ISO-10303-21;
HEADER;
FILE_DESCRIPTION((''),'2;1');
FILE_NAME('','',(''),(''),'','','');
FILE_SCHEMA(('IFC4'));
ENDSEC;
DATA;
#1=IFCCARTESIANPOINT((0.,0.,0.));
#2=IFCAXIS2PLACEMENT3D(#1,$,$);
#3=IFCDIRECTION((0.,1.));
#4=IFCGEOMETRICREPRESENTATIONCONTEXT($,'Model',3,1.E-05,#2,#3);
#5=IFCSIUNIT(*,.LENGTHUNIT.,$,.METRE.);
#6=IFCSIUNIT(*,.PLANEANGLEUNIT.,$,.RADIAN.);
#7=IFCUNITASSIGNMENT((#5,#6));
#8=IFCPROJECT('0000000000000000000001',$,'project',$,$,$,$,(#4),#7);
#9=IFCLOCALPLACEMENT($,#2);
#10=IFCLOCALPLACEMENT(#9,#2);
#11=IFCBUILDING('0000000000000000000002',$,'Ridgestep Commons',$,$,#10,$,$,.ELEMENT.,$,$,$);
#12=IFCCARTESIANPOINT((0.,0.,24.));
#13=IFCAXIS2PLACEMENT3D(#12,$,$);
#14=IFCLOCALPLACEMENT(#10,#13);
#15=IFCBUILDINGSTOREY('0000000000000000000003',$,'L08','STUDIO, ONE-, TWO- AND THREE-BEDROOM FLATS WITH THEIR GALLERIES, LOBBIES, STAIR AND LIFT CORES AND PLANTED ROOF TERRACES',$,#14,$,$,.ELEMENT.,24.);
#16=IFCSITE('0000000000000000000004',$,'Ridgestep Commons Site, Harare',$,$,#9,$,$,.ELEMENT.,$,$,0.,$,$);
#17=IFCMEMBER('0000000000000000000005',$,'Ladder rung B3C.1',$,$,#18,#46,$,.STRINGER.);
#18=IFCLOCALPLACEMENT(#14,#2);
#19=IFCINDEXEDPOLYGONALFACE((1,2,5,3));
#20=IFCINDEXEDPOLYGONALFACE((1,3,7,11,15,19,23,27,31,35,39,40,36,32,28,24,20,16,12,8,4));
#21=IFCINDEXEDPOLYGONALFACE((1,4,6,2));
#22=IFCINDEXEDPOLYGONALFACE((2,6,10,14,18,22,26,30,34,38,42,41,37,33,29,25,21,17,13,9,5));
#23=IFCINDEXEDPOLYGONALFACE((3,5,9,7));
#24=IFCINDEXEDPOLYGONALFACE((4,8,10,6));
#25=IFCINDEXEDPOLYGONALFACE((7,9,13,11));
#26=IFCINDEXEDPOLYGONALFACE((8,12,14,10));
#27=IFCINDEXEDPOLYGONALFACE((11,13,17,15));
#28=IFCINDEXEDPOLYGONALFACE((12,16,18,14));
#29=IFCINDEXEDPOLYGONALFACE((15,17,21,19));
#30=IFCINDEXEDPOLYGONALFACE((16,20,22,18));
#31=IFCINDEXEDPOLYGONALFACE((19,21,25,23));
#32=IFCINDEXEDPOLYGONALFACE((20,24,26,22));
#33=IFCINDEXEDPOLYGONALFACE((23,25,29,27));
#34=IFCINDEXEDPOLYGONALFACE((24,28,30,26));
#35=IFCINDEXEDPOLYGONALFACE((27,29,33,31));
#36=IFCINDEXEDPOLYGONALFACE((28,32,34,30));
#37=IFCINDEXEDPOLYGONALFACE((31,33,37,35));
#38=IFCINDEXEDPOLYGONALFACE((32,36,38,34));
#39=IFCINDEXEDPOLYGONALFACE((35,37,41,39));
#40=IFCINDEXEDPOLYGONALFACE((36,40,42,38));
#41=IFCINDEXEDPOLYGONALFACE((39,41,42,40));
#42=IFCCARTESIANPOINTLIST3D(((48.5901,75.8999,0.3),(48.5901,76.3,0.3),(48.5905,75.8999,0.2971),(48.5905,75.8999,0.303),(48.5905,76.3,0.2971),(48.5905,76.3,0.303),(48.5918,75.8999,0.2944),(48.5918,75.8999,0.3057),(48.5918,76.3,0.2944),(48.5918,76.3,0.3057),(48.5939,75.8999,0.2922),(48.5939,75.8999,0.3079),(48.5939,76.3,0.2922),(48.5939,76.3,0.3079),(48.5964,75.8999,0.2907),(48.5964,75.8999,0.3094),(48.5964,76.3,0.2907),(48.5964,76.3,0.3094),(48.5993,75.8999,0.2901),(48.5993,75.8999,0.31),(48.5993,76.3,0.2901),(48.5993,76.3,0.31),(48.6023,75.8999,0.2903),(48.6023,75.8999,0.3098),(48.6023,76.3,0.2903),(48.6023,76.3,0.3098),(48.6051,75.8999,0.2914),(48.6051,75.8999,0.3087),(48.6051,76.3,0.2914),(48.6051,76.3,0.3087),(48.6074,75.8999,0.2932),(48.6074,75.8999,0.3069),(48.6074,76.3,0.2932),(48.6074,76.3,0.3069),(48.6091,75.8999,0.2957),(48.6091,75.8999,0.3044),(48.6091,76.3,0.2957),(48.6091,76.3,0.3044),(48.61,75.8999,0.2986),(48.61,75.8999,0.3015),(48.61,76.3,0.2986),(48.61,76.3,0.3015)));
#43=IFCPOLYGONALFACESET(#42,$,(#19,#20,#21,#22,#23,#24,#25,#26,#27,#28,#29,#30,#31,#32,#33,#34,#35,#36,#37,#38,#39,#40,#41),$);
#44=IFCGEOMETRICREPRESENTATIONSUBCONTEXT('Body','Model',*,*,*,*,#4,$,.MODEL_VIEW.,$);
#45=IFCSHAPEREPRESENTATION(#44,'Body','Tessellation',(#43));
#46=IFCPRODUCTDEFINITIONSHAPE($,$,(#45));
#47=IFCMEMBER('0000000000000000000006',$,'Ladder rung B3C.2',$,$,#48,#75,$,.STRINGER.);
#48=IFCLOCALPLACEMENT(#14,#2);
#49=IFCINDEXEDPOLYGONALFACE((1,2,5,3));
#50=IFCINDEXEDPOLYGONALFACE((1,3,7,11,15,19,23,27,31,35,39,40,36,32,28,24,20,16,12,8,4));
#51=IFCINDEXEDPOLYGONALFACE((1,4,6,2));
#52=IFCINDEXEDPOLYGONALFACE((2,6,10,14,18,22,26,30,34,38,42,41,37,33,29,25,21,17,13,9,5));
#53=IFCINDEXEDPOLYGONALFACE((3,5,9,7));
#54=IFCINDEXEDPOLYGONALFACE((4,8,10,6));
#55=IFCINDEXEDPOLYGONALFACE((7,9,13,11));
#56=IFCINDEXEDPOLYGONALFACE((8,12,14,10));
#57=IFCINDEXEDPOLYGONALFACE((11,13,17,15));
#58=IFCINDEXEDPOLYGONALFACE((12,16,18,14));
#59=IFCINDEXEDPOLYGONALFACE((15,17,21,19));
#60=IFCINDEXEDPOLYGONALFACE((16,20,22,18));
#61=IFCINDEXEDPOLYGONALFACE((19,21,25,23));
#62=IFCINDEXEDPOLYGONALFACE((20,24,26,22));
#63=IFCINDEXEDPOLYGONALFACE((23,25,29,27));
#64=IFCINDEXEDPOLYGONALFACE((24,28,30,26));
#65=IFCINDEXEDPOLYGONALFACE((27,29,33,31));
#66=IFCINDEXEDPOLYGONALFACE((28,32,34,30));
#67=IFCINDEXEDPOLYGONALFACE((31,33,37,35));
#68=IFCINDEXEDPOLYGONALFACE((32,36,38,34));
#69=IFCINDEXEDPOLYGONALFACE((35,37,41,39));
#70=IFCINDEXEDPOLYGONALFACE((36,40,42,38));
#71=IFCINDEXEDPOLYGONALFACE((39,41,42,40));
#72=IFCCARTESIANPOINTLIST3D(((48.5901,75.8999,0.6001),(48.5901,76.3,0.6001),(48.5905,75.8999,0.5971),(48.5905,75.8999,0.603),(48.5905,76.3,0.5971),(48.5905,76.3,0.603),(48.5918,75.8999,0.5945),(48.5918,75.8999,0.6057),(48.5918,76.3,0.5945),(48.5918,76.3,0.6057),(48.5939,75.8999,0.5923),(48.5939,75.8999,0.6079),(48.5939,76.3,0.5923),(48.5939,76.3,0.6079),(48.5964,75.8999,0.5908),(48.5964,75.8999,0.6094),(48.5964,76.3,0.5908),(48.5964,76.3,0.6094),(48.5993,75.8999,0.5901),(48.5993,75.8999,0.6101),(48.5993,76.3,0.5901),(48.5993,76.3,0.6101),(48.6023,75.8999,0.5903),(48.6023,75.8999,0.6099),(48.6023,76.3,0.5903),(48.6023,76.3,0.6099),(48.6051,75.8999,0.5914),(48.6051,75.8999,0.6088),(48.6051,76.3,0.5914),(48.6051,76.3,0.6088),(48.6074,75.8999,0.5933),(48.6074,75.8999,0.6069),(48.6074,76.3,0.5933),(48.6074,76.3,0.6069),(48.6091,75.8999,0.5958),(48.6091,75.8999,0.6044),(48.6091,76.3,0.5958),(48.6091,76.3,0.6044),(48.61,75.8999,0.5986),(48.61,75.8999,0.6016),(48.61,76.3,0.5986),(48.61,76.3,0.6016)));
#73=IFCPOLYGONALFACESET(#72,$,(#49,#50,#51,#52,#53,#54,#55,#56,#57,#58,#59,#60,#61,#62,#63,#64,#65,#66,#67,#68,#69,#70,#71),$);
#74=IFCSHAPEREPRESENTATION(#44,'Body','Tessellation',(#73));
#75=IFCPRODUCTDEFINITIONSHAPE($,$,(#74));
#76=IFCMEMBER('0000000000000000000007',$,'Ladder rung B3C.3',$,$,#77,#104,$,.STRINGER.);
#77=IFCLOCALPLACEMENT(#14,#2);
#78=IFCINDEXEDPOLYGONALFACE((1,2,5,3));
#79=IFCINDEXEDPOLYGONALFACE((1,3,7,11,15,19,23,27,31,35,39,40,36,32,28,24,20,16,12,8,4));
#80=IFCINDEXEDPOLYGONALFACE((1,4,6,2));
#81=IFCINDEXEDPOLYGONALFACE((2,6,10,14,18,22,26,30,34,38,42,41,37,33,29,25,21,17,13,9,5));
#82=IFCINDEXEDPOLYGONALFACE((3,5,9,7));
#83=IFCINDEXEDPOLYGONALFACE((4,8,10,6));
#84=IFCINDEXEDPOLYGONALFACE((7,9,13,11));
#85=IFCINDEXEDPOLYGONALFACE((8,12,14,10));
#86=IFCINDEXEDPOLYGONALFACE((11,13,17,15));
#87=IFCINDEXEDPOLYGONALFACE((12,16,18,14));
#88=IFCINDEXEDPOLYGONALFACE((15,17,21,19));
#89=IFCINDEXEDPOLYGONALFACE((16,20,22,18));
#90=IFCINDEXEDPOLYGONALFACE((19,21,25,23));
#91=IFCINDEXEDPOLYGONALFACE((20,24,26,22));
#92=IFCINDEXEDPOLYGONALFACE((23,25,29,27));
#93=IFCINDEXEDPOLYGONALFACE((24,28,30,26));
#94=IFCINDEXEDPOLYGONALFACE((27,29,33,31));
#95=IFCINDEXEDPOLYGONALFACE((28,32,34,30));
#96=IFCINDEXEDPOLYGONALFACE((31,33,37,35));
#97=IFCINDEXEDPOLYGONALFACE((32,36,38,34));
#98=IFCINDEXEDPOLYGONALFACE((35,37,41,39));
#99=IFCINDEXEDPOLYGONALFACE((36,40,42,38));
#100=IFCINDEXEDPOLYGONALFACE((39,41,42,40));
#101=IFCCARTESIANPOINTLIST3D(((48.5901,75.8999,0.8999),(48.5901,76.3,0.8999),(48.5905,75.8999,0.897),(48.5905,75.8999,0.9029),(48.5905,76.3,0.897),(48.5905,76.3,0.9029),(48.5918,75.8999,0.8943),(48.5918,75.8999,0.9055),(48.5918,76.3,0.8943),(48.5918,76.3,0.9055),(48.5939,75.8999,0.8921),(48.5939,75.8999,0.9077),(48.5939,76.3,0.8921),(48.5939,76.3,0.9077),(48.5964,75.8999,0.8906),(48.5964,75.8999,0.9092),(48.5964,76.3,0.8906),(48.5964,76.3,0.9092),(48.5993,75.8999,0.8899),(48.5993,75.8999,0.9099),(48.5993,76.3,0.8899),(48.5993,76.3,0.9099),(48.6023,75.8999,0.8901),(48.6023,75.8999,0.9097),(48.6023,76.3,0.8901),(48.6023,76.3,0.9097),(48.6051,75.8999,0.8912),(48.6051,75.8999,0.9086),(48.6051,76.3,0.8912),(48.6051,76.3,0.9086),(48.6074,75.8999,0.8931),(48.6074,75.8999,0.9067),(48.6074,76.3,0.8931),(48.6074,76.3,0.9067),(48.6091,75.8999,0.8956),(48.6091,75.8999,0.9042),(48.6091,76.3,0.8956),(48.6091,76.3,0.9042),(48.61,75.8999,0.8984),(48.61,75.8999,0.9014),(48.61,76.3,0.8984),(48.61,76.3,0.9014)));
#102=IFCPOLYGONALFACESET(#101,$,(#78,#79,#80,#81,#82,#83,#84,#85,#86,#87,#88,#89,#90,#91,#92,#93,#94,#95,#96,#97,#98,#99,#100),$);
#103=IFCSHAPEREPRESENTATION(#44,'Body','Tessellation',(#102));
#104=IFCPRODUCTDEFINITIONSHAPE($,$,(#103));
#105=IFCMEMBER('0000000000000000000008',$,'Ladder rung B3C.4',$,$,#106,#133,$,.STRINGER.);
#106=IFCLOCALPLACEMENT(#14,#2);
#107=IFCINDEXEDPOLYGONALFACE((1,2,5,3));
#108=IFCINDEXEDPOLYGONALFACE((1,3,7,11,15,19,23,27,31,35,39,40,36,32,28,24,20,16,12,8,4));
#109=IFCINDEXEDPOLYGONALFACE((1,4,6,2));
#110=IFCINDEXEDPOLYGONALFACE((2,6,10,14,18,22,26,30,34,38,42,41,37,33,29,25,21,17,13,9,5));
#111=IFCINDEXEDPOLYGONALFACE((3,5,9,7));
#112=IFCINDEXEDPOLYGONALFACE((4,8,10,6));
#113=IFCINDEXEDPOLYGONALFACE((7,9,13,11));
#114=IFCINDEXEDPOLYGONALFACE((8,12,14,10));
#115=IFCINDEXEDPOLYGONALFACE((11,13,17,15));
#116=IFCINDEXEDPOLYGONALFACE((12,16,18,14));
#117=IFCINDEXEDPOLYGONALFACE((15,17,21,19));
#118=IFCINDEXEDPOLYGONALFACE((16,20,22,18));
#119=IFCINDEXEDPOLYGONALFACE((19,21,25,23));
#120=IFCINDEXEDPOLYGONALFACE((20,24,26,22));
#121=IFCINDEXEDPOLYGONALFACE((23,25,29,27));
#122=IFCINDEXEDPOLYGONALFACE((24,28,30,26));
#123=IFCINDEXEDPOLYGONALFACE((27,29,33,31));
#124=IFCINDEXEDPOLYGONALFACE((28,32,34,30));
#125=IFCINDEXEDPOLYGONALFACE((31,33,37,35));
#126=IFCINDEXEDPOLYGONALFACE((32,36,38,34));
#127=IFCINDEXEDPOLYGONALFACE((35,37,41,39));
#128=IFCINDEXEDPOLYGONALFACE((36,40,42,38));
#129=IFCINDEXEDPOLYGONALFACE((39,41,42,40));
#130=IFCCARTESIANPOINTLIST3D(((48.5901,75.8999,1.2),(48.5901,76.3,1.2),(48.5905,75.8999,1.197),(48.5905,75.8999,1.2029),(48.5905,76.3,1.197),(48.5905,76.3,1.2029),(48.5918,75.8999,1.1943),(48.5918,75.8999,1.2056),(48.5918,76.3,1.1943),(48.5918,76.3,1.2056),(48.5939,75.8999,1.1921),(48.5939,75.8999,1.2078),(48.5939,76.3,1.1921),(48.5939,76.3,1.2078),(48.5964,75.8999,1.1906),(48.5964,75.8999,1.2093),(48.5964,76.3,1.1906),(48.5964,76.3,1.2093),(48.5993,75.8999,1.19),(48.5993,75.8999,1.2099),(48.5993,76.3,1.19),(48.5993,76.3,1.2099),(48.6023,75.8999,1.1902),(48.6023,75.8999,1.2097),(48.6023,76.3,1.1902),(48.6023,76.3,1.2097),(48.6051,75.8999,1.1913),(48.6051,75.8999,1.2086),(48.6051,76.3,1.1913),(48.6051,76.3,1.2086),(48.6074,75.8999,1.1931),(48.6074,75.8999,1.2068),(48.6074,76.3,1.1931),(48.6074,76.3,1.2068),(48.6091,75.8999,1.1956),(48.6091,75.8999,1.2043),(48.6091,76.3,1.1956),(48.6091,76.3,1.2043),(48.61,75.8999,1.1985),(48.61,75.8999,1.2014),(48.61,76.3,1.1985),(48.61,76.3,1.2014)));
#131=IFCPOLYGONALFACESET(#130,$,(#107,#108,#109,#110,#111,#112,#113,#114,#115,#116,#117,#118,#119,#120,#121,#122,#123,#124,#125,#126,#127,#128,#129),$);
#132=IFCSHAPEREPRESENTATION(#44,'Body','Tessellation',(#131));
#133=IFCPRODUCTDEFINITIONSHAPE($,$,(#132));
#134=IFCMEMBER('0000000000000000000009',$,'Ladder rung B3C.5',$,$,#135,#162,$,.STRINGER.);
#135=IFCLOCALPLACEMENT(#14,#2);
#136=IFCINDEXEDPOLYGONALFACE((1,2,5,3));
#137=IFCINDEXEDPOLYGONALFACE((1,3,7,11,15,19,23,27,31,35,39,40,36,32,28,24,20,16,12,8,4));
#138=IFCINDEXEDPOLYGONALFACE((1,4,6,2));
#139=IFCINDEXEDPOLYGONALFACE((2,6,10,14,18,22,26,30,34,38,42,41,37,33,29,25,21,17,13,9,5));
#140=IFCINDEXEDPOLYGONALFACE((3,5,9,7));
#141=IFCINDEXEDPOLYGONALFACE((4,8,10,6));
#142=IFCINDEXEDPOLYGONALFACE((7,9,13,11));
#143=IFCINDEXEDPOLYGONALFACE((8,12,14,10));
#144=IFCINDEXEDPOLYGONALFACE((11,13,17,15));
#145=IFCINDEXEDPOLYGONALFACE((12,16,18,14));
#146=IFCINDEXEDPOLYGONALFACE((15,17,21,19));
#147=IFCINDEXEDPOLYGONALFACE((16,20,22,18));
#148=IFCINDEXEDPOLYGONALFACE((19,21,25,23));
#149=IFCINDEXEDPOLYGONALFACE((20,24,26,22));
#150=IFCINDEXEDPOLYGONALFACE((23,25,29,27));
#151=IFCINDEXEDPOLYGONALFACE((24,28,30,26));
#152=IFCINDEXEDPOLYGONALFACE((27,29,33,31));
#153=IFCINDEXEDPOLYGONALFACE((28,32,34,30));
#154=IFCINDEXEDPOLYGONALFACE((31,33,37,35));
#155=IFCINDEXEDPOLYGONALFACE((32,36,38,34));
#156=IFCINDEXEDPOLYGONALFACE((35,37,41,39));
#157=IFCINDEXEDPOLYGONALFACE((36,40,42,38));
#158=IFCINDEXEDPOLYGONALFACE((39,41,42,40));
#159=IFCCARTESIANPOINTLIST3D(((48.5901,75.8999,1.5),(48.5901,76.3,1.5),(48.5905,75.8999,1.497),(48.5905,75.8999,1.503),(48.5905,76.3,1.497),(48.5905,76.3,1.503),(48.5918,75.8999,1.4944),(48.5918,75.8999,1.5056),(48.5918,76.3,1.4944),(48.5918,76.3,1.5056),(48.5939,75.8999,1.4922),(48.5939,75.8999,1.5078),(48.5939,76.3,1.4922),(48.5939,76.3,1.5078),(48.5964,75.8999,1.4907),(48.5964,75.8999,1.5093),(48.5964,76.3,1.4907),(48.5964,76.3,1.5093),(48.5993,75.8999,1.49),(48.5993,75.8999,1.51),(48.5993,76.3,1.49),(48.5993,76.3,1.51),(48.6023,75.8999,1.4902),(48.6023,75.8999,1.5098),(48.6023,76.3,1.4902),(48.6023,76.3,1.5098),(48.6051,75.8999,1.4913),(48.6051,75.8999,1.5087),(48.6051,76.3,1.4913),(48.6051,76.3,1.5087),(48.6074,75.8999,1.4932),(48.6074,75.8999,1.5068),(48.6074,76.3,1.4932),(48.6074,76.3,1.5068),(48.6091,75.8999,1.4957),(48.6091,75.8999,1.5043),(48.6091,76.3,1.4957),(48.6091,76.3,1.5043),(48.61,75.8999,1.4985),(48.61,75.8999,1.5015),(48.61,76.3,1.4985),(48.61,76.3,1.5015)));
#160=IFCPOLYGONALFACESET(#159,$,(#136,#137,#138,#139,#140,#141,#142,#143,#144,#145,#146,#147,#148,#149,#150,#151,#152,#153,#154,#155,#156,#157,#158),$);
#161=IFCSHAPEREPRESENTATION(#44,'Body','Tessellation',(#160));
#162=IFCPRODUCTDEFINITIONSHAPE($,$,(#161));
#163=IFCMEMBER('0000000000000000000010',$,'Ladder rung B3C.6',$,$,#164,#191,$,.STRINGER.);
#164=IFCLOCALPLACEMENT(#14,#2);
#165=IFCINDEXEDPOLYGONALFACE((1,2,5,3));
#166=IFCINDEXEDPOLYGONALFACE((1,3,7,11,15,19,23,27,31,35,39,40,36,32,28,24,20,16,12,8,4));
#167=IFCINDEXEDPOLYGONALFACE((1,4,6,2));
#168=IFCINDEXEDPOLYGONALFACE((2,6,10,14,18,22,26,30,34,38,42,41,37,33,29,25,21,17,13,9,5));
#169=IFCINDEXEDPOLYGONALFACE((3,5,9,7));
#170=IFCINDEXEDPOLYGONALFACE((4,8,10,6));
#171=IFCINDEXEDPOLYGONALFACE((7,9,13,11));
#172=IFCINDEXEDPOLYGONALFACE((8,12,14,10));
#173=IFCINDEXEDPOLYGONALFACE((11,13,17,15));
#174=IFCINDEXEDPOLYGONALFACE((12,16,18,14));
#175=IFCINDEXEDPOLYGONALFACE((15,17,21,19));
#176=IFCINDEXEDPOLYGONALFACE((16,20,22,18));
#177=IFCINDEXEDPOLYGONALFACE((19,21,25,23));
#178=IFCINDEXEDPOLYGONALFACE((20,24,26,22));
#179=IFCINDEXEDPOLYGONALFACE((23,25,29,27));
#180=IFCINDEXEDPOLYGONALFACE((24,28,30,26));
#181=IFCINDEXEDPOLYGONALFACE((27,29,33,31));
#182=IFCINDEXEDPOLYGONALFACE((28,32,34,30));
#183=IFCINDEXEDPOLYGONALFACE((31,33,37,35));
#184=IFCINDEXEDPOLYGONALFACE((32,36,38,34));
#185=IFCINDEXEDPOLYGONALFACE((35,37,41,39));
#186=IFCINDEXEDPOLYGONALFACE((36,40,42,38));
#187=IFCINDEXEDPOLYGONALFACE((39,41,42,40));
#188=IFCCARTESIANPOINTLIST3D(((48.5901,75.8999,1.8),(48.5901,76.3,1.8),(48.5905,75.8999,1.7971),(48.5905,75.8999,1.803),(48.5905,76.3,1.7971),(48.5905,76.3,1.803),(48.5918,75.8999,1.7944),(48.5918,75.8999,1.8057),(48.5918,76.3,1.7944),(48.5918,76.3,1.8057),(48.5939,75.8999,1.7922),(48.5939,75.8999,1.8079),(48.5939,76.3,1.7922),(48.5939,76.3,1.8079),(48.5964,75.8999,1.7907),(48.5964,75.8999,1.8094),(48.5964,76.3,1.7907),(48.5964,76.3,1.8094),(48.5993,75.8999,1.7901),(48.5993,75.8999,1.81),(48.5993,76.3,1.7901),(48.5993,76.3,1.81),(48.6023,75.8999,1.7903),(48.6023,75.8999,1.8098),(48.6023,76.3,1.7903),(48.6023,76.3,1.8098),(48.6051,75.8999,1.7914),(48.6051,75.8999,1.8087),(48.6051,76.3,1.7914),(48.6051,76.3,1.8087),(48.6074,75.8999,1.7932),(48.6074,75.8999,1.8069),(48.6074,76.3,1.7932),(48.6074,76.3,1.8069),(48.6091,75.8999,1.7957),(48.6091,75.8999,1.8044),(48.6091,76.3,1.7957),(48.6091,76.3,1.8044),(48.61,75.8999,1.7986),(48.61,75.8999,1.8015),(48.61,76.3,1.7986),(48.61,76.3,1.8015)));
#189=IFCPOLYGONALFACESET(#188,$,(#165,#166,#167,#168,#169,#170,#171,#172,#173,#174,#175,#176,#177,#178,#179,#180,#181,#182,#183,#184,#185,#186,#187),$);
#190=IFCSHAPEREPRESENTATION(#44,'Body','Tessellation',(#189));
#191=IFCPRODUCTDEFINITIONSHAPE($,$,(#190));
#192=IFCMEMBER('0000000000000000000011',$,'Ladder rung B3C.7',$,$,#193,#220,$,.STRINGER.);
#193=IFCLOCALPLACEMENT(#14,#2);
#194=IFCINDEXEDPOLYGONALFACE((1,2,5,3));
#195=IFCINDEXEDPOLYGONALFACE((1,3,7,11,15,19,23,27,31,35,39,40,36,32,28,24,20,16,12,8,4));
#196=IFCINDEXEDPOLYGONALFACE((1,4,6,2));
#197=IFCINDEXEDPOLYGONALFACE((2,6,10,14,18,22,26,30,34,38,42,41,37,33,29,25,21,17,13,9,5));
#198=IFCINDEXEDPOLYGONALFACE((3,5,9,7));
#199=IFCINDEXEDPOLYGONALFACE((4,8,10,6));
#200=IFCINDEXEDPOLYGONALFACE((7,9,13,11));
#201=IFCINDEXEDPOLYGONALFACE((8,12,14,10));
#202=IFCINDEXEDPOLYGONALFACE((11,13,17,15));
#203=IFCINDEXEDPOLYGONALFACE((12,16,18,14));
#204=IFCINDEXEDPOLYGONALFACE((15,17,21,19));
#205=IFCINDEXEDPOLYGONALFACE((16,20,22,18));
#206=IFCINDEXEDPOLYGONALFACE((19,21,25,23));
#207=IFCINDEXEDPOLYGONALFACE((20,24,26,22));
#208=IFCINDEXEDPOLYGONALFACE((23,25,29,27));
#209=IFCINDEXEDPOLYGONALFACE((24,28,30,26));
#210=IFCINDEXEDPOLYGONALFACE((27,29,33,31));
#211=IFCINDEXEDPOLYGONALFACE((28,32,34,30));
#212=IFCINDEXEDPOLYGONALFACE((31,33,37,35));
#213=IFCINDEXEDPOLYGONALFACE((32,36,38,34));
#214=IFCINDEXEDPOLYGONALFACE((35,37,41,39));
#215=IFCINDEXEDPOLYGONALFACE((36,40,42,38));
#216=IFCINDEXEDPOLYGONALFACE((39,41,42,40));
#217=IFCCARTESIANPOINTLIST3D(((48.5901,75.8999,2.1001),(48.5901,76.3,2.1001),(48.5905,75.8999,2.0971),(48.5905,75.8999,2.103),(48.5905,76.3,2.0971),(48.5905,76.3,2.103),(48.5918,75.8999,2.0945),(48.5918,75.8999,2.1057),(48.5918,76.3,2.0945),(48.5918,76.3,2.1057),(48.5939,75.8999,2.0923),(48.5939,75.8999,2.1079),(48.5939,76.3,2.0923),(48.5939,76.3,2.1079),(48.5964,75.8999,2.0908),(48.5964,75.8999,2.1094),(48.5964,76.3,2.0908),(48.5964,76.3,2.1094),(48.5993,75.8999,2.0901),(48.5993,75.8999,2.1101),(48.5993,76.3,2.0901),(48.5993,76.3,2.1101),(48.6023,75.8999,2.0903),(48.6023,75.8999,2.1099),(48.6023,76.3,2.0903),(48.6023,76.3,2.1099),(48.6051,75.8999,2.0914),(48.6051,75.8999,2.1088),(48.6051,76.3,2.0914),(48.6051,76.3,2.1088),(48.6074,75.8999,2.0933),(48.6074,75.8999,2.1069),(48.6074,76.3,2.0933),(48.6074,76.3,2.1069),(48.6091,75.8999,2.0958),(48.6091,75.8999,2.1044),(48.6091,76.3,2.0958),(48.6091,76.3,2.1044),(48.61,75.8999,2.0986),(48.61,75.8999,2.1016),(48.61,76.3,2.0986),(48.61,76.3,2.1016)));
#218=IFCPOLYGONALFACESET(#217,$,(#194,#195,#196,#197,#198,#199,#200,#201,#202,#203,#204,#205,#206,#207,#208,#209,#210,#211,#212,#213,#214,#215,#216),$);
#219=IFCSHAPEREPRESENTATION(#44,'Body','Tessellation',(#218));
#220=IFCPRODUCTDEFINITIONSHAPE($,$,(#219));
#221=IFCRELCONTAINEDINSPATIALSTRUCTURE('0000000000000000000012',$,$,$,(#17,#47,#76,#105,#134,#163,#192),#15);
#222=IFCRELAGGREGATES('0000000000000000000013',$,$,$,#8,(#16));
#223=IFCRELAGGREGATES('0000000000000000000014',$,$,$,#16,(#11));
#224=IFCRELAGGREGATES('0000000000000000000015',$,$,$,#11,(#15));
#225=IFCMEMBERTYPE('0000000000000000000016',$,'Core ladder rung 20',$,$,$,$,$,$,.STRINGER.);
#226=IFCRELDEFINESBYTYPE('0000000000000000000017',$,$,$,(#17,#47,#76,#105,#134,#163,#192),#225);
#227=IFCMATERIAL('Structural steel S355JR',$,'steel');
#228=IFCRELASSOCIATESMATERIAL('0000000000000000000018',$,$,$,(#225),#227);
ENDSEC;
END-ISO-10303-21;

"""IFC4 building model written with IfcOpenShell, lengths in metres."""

from ifc_helpers import new_model, si_unit, direction, frame, origin, origin_2d, place, context, subcontext, project, spatial, circle, extrude, material, material_profile, profile_set, type_object, element, save


model = new_model("IFC4")

# Units and contexts
model_context = context("Model", 3, precision=1e-05, world=origin(), true_north=direction((0.0, 1.0)))
body_context = subcontext(model_context, "Body", "Model", "MODEL_VIEW")
ifc_project = project(units=[si_unit("LENGTHUNIT", "METRE"), si_unit("PLANEANGLEUNIT", "RADIAN")], contexts=[model_context])

# Site, building, storey
site_placement = place(None, origin())
site = spatial("IfcSite", under=ifc_project, at=site_placement, Name="Ridgestep Commons Site, Harare", CompositionType="ELEMENT", RefElevation=0.0)
building_placement = place(site_placement, origin())
building = spatial("IfcBuilding", under=site, at=building_placement, Name="Ridgestep Commons", CompositionType="ELEMENT")
storey_placement = place(building_placement, frame((0.0, 0.0, 24.0)))
storey = spatial("IfcBuildingStorey", under=building, at=storey_placement, Name="L08", Description="STUDIO, ONE-, TWO- AND THREE-BEDROOM FLATS WITH THEIR GALLERIES, LOBBIES, STAIR AND LIFT CORES AND PLANTED ROOF TERRACES", CompositionType="ELEMENT", Elevation=24.0)

# Members
ifc_material_1 = material(Name="Structural steel S355JR", Category="steel")
ifc_material_profile_1 = material_profile(ifc_material_1, circle(Radius=0.01, at=origin_2d()), Name="Round bar 20")
ifc_profile_set_1 = profile_set([ifc_material_profile_1], Name="Structural steel S355JR")
member_type_1 = type_object("IfcMemberType", Name="Core ladder rung 20", PredefinedType="STRINGER", material=ifc_profile_set_1)
for number, where, z_axis, x_axis, name in (
    (1, (48.6001, 75.8999, 0.3), (0.0, 1.0, 0.0), (-1.0, 0.0, 0.0), "Ladder rung B3C.1"),
    (2, (48.6001, 75.8999, 0.6001), (0.0, 1.0, 0.0), (-1.0, 0.0, 0.0), "Ladder rung B3C.2"),
    (3, (48.6001, 75.8999, 0.8999), (0.0, 1.0, 0.0), (-1.0, 0.0, 0.0), "Ladder rung B3C.3"),
    (4, (48.6001, 75.8999, 1.2), (0.0, 1.0, 0.0), (-1.0, 0.0, 0.0), "Ladder rung B3C.4"),
    (5, (48.6001, 75.8999, 1.5), (0.0, 1.0, 0.0), (-1.0, 0.0, 0.0), "Ladder rung B3C.5"),
    (6, (48.6001, 75.8999, 1.8), (0.0, 1.0, 0.0), (-1.0, 0.0, 0.0), "Ladder rung B3C.6"),
    (7, (48.6001, 75.8999, 2.1001), (0.0, 1.0, 0.0), (-1.0, 0.0, 0.0), "Ladder rung B3C.7"),
):
    element("IfcMember", number, at=place(storey_placement, frame(where, z_axis=z_axis, x_axis=x_axis)), inside=storey, type_object=member_type_1, Name=name, PredefinedType="STRINGER", context=body_context, shape_type="SweptSolid", body=[
        extrude(circle(Radius=0.01, at=origin_2d()), origin(), (0.0, 0.0, 1.0), 0.4001),
    ])

save(model, "model.ifc")
